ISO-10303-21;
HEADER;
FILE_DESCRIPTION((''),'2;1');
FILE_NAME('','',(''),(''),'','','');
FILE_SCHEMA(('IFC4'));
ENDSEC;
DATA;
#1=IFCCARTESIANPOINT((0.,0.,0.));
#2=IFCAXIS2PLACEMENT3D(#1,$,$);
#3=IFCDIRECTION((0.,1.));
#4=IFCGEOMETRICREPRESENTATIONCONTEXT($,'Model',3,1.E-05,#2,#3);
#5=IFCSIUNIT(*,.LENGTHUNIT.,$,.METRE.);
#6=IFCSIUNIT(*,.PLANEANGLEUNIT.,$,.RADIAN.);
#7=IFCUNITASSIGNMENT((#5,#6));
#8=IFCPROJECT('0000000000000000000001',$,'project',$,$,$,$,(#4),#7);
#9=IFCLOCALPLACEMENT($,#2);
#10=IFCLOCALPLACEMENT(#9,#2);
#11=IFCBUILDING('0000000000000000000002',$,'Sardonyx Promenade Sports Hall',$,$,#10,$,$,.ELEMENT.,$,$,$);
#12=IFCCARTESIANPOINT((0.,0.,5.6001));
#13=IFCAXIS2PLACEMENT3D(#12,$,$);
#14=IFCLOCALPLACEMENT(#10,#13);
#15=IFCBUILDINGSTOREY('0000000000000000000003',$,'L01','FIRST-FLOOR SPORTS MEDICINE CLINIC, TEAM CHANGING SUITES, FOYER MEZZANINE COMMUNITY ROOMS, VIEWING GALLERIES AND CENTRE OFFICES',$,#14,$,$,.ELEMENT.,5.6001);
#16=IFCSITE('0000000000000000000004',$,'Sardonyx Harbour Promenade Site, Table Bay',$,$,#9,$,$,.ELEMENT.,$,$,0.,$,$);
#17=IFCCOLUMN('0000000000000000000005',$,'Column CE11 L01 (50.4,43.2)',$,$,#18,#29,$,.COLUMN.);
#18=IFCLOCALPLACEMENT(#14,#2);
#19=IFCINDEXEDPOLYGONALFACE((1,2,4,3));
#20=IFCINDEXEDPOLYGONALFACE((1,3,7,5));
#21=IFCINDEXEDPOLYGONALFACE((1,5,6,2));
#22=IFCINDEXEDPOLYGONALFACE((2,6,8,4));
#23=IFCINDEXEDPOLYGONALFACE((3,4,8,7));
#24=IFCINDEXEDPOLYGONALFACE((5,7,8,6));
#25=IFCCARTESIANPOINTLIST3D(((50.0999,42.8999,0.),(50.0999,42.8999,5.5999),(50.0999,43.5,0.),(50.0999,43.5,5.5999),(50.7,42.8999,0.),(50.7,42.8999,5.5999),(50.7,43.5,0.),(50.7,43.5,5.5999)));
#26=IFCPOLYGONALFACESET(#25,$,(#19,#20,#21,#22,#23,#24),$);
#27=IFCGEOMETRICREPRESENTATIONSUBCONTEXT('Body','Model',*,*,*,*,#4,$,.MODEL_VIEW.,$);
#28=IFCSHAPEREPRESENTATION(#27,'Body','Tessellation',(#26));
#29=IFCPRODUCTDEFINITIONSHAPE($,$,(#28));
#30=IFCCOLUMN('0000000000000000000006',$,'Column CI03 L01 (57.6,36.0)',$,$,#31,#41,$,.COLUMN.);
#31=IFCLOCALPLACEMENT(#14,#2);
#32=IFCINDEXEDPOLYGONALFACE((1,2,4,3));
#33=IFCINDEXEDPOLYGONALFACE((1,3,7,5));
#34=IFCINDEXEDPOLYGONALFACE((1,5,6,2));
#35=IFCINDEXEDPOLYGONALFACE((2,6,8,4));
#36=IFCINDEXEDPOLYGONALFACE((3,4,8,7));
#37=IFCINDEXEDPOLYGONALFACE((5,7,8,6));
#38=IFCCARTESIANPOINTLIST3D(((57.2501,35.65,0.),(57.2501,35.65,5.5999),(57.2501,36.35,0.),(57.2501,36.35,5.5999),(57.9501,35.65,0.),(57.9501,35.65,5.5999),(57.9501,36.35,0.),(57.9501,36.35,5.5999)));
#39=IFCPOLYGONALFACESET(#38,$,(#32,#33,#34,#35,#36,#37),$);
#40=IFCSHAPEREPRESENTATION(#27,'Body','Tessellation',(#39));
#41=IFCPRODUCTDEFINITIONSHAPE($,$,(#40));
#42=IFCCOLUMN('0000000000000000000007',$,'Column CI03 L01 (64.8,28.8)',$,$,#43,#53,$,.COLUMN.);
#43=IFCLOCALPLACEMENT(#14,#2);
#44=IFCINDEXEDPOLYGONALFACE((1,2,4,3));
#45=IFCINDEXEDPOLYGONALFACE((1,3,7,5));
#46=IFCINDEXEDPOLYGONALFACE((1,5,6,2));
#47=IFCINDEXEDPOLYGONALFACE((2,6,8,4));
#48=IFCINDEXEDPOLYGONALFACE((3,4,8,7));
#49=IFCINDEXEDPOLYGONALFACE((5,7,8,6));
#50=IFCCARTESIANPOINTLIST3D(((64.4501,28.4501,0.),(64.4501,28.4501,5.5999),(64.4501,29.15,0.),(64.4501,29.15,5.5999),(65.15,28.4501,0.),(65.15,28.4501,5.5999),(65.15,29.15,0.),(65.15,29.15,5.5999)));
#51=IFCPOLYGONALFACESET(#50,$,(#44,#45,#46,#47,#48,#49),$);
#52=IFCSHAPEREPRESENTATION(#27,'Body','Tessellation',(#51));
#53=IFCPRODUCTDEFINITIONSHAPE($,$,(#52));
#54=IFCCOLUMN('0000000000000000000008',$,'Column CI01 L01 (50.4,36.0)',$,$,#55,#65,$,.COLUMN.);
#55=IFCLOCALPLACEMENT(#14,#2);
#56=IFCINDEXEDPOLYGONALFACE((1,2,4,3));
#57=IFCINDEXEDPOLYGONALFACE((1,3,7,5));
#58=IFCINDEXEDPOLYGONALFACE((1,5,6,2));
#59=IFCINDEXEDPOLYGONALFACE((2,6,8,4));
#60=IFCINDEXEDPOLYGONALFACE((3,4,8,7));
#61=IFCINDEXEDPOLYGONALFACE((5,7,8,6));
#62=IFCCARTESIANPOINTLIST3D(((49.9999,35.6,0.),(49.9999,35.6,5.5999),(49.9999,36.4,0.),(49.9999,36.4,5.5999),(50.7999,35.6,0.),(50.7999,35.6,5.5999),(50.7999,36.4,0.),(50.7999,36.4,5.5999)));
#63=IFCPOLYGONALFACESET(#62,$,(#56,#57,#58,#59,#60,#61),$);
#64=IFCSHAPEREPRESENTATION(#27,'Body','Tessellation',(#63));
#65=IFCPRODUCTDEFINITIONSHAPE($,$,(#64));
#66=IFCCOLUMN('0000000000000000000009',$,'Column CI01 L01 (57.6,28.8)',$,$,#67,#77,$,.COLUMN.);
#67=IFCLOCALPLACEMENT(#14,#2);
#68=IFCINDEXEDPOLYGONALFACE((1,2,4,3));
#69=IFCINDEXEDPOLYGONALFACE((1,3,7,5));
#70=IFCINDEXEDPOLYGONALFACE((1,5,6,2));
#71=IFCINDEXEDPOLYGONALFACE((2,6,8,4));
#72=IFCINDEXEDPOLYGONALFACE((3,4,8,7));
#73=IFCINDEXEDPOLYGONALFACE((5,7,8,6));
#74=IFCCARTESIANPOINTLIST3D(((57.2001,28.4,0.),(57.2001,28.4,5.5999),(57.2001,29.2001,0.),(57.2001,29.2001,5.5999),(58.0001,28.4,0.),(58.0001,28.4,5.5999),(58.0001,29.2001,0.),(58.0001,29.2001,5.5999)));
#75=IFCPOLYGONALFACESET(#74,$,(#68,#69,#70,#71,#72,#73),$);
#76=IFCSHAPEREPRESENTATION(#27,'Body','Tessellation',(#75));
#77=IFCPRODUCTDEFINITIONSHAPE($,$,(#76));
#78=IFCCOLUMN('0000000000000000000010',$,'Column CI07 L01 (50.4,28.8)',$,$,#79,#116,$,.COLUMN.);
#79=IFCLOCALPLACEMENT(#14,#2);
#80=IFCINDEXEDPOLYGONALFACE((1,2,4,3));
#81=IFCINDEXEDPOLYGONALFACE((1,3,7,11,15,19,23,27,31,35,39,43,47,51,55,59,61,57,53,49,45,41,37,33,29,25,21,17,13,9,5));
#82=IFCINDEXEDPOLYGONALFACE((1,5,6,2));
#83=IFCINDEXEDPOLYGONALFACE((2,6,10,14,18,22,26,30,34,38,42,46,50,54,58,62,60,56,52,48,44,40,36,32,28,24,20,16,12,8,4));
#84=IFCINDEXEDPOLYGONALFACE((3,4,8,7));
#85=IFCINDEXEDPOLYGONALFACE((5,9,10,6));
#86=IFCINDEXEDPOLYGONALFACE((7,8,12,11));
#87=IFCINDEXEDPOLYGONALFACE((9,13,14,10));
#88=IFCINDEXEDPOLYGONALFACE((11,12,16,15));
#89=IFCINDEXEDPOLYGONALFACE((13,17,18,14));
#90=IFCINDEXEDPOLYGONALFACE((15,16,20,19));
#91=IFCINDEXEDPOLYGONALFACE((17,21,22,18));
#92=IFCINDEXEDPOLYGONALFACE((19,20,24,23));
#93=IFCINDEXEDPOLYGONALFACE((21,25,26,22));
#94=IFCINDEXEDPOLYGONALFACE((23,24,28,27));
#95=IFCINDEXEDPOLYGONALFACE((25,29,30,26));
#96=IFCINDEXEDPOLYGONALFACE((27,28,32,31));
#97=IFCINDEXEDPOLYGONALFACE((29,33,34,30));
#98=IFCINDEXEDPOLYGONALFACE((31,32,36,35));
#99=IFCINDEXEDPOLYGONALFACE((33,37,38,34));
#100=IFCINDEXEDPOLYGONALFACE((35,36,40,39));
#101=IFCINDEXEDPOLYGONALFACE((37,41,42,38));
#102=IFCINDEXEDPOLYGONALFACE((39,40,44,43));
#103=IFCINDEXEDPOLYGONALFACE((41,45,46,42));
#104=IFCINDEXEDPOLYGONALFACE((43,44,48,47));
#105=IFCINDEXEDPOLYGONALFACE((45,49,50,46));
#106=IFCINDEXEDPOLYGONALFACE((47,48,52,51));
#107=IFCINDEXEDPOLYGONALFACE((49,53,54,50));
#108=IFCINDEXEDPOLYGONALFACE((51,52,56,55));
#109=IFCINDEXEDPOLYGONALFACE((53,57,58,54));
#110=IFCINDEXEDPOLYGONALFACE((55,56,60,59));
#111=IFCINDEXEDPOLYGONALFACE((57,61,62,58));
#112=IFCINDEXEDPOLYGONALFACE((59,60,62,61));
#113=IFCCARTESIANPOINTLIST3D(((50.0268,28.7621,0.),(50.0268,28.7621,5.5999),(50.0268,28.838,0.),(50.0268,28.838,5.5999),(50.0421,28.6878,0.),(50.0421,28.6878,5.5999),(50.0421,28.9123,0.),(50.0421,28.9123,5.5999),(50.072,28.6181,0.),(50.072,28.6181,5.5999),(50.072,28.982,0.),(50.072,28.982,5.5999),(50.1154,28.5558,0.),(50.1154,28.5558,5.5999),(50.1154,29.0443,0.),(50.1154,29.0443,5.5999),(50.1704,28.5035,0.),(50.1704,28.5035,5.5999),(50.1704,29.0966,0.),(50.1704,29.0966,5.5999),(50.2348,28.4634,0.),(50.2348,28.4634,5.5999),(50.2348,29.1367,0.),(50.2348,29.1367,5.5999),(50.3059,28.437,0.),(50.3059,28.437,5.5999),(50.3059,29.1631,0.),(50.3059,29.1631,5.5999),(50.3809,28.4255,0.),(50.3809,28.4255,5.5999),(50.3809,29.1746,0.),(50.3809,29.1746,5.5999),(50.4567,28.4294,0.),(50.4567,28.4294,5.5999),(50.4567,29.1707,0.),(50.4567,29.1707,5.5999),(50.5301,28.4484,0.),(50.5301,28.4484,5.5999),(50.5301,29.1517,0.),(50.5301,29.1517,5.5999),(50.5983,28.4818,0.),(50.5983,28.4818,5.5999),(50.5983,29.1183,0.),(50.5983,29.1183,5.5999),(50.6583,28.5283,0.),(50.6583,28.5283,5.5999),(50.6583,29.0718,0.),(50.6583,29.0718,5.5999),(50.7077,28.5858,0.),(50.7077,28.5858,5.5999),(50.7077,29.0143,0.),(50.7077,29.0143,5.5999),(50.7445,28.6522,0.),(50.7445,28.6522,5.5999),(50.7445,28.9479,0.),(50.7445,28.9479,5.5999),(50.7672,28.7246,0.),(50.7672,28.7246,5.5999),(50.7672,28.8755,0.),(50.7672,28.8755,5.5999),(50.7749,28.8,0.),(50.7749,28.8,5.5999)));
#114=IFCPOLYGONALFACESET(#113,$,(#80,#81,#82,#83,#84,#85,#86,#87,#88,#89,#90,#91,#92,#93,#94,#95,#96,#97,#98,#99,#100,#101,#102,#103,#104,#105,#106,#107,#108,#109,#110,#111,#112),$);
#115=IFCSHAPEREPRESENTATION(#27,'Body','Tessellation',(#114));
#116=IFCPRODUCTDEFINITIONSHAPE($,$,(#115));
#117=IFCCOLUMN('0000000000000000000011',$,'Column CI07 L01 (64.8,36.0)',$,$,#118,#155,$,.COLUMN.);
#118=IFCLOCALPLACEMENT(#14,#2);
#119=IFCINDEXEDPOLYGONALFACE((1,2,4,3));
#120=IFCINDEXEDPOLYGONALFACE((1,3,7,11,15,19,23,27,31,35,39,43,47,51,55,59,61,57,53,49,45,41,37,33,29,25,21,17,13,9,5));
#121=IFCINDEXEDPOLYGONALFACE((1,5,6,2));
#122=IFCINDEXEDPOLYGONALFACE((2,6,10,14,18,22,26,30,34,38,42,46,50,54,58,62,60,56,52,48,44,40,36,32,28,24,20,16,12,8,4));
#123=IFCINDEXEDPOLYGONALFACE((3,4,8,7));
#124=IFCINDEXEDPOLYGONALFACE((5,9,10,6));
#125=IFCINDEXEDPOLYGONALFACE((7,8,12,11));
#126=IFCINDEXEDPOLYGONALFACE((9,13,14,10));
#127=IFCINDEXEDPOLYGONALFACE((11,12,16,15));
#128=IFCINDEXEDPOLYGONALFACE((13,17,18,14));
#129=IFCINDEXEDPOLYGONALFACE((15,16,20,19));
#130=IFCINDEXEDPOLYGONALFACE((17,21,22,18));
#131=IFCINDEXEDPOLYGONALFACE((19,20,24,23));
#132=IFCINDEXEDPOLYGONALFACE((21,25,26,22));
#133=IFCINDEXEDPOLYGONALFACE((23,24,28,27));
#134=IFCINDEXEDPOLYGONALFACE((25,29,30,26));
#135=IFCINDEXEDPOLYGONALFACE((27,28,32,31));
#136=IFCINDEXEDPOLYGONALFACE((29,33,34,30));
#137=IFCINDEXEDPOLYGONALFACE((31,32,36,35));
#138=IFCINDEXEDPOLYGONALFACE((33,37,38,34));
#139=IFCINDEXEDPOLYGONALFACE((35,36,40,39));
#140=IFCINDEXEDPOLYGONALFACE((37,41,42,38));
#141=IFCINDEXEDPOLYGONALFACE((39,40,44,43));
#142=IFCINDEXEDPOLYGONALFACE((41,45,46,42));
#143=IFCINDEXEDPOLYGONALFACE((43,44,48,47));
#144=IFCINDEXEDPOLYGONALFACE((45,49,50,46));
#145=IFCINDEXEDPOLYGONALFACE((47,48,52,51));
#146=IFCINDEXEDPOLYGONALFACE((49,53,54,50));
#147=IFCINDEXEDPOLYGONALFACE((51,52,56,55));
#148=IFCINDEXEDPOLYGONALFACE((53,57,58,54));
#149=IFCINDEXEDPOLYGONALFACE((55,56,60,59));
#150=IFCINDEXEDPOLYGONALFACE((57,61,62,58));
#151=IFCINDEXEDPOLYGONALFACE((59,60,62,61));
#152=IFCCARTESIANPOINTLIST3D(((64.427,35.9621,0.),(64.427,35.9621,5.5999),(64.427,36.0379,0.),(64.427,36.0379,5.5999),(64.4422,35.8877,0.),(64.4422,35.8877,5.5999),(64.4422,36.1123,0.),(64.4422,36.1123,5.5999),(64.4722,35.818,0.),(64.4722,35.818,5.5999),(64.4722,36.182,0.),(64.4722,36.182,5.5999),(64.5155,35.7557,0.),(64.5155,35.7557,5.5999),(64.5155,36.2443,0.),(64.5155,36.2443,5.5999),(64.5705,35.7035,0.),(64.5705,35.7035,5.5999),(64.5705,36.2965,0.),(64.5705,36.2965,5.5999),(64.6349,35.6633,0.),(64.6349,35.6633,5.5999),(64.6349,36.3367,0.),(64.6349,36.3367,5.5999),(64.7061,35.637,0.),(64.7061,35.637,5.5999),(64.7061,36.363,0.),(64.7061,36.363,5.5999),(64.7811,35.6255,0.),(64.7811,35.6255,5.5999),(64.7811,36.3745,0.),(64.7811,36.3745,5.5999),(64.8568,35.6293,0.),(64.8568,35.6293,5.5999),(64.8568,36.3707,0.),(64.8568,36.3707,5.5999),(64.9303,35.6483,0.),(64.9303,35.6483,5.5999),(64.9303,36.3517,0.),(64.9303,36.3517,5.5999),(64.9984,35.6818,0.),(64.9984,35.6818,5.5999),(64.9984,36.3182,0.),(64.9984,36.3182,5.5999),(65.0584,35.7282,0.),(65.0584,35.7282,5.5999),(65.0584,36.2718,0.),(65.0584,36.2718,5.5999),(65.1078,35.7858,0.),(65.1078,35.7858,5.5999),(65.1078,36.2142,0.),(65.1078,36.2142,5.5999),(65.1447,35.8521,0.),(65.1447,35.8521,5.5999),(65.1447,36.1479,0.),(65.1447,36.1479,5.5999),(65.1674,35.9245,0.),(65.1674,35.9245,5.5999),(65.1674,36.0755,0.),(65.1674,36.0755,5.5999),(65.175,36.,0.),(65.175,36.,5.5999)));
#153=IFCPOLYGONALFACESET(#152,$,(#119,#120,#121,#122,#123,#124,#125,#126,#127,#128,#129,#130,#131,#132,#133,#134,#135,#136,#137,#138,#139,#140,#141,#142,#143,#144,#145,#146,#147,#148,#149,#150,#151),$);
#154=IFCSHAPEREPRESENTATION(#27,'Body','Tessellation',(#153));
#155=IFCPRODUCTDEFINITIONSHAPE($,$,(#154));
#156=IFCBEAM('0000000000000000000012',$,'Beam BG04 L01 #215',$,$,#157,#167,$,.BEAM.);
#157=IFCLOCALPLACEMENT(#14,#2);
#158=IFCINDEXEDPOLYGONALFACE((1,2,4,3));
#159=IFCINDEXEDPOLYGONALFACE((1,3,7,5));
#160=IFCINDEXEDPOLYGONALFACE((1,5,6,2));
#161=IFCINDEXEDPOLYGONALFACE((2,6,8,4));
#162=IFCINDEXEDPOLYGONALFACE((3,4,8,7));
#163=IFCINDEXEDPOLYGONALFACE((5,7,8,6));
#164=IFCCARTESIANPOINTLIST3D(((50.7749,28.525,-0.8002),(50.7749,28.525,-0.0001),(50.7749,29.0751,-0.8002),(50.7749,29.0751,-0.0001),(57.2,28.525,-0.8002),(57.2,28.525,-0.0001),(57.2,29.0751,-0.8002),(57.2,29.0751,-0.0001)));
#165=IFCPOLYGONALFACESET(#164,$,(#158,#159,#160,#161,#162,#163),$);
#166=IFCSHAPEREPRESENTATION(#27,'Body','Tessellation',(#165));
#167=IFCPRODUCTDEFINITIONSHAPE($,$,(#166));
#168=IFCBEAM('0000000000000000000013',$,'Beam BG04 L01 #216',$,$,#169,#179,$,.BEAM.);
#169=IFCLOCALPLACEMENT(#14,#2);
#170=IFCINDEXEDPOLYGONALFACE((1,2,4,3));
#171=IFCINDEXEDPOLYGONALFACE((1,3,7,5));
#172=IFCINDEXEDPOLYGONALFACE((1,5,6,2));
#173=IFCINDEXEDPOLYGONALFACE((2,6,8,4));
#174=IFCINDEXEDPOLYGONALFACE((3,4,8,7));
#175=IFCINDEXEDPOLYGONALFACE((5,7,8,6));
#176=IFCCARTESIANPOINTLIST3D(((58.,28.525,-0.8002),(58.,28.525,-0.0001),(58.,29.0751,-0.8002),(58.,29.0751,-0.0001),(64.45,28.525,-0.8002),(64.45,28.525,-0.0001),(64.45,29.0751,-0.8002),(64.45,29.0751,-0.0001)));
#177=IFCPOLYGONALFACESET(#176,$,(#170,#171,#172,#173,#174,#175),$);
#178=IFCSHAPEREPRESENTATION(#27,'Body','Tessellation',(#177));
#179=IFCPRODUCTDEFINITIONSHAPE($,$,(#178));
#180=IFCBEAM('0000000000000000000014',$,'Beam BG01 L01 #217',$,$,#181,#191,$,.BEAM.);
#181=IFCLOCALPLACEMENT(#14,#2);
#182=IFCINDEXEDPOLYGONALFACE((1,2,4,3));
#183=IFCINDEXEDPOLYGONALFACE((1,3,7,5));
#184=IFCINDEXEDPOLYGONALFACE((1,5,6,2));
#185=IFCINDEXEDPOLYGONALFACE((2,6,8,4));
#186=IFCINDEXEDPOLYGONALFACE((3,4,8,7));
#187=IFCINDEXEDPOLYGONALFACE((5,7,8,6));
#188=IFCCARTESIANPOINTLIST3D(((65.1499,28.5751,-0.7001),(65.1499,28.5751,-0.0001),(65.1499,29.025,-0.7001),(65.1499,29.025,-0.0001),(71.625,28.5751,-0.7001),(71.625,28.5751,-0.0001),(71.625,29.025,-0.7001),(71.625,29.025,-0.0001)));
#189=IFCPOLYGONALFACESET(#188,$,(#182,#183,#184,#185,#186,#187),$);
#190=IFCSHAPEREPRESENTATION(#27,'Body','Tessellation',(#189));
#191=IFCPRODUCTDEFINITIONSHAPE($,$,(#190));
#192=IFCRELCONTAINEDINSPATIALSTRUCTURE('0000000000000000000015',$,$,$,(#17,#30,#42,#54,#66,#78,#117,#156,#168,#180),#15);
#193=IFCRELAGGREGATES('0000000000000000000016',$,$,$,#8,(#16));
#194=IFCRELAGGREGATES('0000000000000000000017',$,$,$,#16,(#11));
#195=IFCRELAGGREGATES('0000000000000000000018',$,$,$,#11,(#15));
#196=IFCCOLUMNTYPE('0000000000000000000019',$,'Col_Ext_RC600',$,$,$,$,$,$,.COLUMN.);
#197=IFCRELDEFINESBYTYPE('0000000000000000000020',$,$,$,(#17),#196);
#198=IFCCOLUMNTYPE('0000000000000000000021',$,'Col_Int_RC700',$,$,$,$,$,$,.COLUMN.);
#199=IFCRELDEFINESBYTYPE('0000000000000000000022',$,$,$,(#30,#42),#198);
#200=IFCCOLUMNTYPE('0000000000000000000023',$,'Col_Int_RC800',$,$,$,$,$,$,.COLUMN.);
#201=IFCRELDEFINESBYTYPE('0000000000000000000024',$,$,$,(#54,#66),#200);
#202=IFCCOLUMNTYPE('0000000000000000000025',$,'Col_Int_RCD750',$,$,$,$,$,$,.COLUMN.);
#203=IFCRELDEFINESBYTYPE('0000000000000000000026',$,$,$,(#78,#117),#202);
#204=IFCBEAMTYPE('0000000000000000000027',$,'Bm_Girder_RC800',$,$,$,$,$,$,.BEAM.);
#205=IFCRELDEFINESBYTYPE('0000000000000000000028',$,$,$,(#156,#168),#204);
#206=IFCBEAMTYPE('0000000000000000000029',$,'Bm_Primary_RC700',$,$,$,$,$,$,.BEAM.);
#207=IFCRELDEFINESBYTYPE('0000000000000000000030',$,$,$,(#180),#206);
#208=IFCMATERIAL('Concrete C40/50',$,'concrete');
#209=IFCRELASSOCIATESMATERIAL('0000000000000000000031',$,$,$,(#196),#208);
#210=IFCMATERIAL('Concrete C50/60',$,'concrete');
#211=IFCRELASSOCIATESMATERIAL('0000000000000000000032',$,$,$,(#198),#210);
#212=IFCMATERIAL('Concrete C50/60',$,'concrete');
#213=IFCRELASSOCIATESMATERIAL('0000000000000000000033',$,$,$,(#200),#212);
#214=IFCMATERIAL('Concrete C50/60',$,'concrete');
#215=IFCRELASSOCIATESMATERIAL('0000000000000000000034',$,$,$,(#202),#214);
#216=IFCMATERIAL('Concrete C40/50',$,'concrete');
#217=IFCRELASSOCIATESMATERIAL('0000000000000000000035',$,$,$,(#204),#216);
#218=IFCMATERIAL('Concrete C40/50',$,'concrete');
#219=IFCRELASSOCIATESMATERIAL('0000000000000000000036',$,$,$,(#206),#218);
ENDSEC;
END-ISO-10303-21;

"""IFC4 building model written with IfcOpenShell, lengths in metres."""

from ifc_helpers import new_model, si_unit, direction, frame, origin, origin_2d, place, context, subcontext, project, spatial, rectangle, circle, extrude, material, material_profile, profile_set, type_object, element, save


model = new_model("IFC4")

# Units and contexts
model_context = context("Model", 3, precision=1e-05, world=origin(), true_north=direction((0.0, 1.0)))
body_context = subcontext(model_context, "Body", "Model", "MODEL_VIEW")
ifc_project = project(units=[si_unit("LENGTHUNIT", "METRE"), si_unit("PLANEANGLEUNIT", "RADIAN")], contexts=[model_context])

# Site, building, storey
site_placement = place(None, origin())
site = spatial("IfcSite", under=ifc_project, at=site_placement, Name="Sardonyx Harbour Promenade Site, Table Bay", CompositionType="ELEMENT", RefElevation=0.0)
building_placement = place(site_placement, origin())
building = spatial("IfcBuilding", under=site, at=building_placement, Name="Sardonyx Promenade Sports Hall", CompositionType="ELEMENT")
storey_placement = place(building_placement, frame((0.0, 0.0, 5.6001)))
storey = spatial("IfcBuildingStorey", under=building, at=storey_placement, Name="L01", Description="FIRST-FLOOR SPORTS MEDICINE CLINIC, TEAM CHANGING SUITES, FOYER MEZZANINE COMMUNITY ROOMS, VIEWING GALLERIES AND CENTRE OFFICES", CompositionType="ELEMENT", Elevation=5.6001)

# Columns
ifc_material_1 = material(Name="Concrete C40/50", Category="concrete")
ifc_material_profile_1 = material_profile(ifc_material_1, rectangle(XDim=0.6001, YDim=0.6001, at=origin_2d()))
ifc_profile_set_1 = profile_set([ifc_material_profile_1], Name="Concrete C40/50")
column_type_1 = type_object("IfcColumnType", Name="Col_Ext_RC600", PredefinedType="COLUMN", material=ifc_profile_set_1)
column_placement = place(storey_placement, frame((50.3999, 43.2, 0.0), z_axis=(0.0, 0.0, 1.0), x_axis=(1.0, 0.0, 0.0)))
element("IfcColumn", 1, at=column_placement, inside=storey, type_object=column_type_1, Name="Column CE11 L01 (50.4,43.2)", PredefinedType="COLUMN", context=body_context, shape_type="SweptSolid", body=[
    extrude(rectangle(XDim=0.6001, YDim=0.6001, at=origin_2d()), origin(), (0.0, 0.0, 1.0), 5.5999),
])
ifc_material_2 = material(Name="Concrete C50/60", Category="concrete")
ifc_material_profile_2 = material_profile(ifc_material_2, rectangle(XDim=0.7, YDim=0.7, at=origin_2d()))
ifc_profile_set_2 = profile_set([ifc_material_profile_2], Name="Concrete C50/60")
column_type_2 = type_object("IfcColumnType", Name="Col_Int_RC700", PredefinedType="COLUMN", material=ifc_profile_set_2)
for number, where, z_axis, x_axis, name in (
    (2, (57.6001, 36.0, 0.0), (0.0, 0.0, 1.0), (1.0, 0.0, 0.0), "Column CI03 L01 (57.6,36.0)"),
    (3, (64.8, 28.8, 0.0), (0.0, 0.0, 1.0), (1.0, 0.0, 0.0), "Column CI03 L01 (64.8,28.8)"),
):
    element("IfcColumn", number, at=place(storey_placement, frame(where, z_axis=z_axis, x_axis=x_axis)), inside=storey, type_object=column_type_2, Name=name, PredefinedType="COLUMN", context=body_context, shape_type="SweptSolid", body=[
        extrude(rectangle(XDim=0.7, YDim=0.7, at=origin_2d()), origin(), (0.0, 0.0, 1.0), 5.5999),
    ])
ifc_material_3 = material(Name="Concrete C50/60", Category="concrete")
ifc_material_profile_3 = material_profile(ifc_material_3, rectangle(XDim=0.8, YDim=0.8, at=origin_2d()))
ifc_profile_set_3 = profile_set([ifc_material_profile_3], Name="Concrete C50/60")
column_type_3 = type_object("IfcColumnType", Name="Col_Int_RC800", PredefinedType="COLUMN", material=ifc_profile_set_3)
for number, where, z_axis, x_axis, name in (
    (4, (50.3999, 36.0, 0.0), (0.0, 0.0, 1.0), (1.0, 0.0, 0.0), "Column CI01 L01 (50.4,36.0)"),
    (5, (57.6001, 28.8, 0.0), (0.0, 0.0, 1.0), (1.0, 0.0, 0.0), "Column CI01 L01 (57.6,28.8)"),
):
    element("IfcColumn", number, at=place(storey_placement, frame(where, z_axis=z_axis, x_axis=x_axis)), inside=storey, type_object=column_type_3, Name=name, PredefinedType="COLUMN", context=body_context, shape_type="SweptSolid", body=[
        extrude(rectangle(XDim=0.8, YDim=0.8, at=origin_2d()), origin(), (0.0, 0.0, 1.0), 5.5999),
    ])
ifc_material_4 = material(Name="Concrete C50/60", Category="concrete")
ifc_material_profile_4 = material_profile(ifc_material_4, circle(Radius=0.375, at=origin_2d()))
ifc_profile_set_4 = profile_set([ifc_material_profile_4], Name="Concrete C50/60")
column_type_4 = type_object("IfcColumnType", Name="Col_Int_RCD750", PredefinedType="COLUMN", material=ifc_profile_set_4)
for number, where, z_axis, x_axis, name in (
    (6, (50.3999, 28.8, 0.0), (0.0, 0.0, 1.0), (1.0, 0.0, 0.0), "Column CI07 L01 (50.4,28.8)"),
    (7, (64.8, 36.0, 0.0), (0.0, 0.0, 1.0), (1.0, 0.0, 0.0), "Column CI07 L01 (64.8,36.0)"),
):
    element("IfcColumn", number, at=place(storey_placement, frame(where, z_axis=z_axis, x_axis=x_axis)), inside=storey, type_object=column_type_4, Name=name, PredefinedType="COLUMN", context=body_context, shape_type="SweptSolid", body=[
        extrude(circle(Radius=0.375, at=origin_2d()), origin(), (0.0, 0.0, 1.0), 5.5999),
    ])

# Beams
ifc_material_5 = material(Name="Concrete C40/50", Category="concrete")
ifc_material_profile_5 = material_profile(ifc_material_5, rectangle(XDim=0.55, YDim=0.8, at=origin_2d()))
ifc_profile_set_5 = profile_set([ifc_material_profile_5], Name="Concrete C40/50")
beam_type_1 = type_object("IfcBeamType", Name="Bm_Girder_RC800", PredefinedType="BEAM", material=ifc_profile_set_5)
beam_1_placement = place(storey_placement, frame((50.7749, 28.8, -0.4001), z_axis=(1.0, 0.0, 0.0), x_axis=(0.0, 1.0, 0.0)))
element("IfcBeam", 8, at=beam_1_placement, inside=storey, type_object=beam_type_1, Name="Beam BG04 L01 #215", PredefinedType="BEAM", context=body_context, shape_type="SweptSolid", body=[
    extrude(rectangle(XDim=0.55, YDim=0.8, at=origin_2d()), origin(), (0.0, 0.0, 1.0), 6.425),
])
beam_2_placement = place(storey_placement, frame((58.0, 28.8, -0.4001), z_axis=(1.0, 0.0, 0.0), x_axis=(0.0, 1.0, 0.0)))
element("IfcBeam", 9, at=beam_2_placement, inside=storey, type_object=beam_type_1, Name="Beam BG04 L01 #216", PredefinedType="BEAM", context=body_context, shape_type="SweptSolid", body=[
    extrude(rectangle(XDim=0.55, YDim=0.8, at=origin_2d()), origin(), (0.0, 0.0, 1.0), 6.45),
])
ifc_material_6 = material(Name="Concrete C40/50", Category="concrete")
ifc_material_profile_6 = material_profile(ifc_material_6, rectangle(XDim=0.45, YDim=0.7, at=origin_2d()))
ifc_profile_set_6 = profile_set([ifc_material_profile_6], Name="Concrete C40/50")
beam_type_2 = type_object("IfcBeamType", Name="Bm_Primary_RC700", PredefinedType="BEAM", material=ifc_profile_set_6)
beam_3_placement = place(storey_placement, frame((65.1499, 28.8, -0.3501), z_axis=(1.0, 0.0, 0.0), x_axis=(0.0, 1.0, 0.0)))
element("IfcBeam", 10, at=beam_3_placement, inside=storey, type_object=beam_type_2, Name="Beam BG01 L01 #217", PredefinedType="BEAM", context=body_context, shape_type="SweptSolid", body=[
    extrude(rectangle(XDim=0.45, YDim=0.7, at=origin_2d()), origin(), (0.0, 0.0, 1.0), 6.4751),
])

save(model, "model.ifc")
